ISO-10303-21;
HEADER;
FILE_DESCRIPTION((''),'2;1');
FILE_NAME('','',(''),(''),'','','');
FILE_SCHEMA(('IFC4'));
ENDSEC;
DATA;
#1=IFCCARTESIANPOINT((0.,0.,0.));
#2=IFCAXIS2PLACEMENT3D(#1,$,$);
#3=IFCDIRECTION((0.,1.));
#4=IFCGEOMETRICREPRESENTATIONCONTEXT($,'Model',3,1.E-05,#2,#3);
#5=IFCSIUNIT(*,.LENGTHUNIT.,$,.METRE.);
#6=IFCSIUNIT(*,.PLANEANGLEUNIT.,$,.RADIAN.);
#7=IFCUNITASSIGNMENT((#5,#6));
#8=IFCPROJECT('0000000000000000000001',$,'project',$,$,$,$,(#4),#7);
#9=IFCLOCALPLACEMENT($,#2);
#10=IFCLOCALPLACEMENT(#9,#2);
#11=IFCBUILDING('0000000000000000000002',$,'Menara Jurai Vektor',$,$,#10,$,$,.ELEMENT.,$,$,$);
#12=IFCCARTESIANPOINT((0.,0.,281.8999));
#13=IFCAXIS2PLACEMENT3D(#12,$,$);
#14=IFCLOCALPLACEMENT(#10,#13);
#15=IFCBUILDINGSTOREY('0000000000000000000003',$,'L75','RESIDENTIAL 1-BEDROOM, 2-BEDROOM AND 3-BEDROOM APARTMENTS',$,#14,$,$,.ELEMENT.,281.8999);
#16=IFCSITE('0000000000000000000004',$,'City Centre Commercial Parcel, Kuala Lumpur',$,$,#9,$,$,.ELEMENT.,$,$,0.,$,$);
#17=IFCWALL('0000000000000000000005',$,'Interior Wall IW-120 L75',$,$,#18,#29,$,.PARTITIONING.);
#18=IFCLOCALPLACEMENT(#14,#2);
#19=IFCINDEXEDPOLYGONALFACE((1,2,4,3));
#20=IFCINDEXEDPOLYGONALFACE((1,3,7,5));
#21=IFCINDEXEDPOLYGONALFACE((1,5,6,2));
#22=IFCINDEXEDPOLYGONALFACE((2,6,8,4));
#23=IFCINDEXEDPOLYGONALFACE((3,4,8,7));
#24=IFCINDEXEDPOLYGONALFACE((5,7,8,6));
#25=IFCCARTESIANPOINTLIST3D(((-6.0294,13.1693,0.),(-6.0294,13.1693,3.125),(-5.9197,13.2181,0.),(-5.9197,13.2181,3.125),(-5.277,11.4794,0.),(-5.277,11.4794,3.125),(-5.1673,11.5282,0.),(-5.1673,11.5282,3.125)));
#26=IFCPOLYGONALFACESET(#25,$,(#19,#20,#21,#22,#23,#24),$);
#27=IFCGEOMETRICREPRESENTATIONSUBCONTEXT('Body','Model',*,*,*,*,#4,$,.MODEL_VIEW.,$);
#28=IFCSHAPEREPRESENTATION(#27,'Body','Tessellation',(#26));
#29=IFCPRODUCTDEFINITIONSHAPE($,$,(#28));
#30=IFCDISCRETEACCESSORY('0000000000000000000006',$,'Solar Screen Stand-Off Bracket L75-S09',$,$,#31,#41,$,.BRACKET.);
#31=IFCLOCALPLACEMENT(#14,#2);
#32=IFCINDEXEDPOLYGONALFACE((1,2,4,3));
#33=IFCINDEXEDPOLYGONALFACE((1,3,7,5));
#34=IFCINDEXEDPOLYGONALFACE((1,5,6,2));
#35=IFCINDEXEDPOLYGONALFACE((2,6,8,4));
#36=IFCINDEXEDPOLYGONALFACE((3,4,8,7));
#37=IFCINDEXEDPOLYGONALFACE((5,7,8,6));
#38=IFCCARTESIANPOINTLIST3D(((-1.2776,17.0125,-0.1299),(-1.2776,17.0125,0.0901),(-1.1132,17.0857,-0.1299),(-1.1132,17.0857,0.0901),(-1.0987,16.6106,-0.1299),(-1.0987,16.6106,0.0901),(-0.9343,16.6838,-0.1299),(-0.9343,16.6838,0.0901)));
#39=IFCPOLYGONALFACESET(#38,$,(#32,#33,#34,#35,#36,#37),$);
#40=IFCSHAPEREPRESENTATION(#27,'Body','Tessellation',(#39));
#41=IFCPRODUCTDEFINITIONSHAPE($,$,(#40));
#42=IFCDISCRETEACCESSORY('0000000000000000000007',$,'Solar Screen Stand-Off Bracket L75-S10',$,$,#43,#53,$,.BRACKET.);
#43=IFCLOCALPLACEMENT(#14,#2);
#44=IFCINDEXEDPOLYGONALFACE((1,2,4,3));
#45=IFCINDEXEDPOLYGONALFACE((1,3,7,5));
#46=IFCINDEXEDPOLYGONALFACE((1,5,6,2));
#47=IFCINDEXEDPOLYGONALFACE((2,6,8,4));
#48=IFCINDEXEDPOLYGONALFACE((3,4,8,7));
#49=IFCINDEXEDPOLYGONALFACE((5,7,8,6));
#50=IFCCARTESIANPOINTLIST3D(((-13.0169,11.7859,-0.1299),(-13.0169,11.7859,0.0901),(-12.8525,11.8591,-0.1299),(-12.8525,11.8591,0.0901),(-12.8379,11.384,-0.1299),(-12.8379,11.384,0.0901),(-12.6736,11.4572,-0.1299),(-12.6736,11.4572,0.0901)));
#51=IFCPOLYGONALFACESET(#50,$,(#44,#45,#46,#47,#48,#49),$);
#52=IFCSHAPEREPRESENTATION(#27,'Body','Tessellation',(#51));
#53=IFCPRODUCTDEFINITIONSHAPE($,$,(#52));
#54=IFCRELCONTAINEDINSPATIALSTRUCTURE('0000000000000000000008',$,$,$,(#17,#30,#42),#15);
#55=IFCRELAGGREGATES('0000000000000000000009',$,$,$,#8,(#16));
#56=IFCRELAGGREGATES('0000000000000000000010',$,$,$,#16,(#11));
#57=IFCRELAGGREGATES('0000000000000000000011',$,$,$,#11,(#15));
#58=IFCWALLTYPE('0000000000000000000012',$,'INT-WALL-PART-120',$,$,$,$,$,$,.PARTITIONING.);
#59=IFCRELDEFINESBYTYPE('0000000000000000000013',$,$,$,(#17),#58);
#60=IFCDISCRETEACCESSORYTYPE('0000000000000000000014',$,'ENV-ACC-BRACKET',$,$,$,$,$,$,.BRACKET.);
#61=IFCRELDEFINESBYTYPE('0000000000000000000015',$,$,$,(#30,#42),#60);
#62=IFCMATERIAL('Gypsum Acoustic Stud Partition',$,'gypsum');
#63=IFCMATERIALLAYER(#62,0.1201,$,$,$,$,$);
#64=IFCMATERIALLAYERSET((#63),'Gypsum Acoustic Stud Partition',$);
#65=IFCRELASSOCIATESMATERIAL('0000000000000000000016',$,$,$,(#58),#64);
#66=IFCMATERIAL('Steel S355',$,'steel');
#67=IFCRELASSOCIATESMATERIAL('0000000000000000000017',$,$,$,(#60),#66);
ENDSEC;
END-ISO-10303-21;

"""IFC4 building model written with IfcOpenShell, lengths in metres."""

from ifc_helpers import new_model, si_unit, direction, frame, frame_2d, origin, origin_2d, place, context, subcontext, project, spatial, rectangle, extrude, material, layer, layer_set, type_object, element, save


model = new_model("IFC4")

# Units and contexts
model_context = context("Model", 3, precision=1e-05, world=origin(), true_north=direction((0.0, 1.0)))
body_context = subcontext(model_context, "Body", "Model", "MODEL_VIEW")
ifc_project = project(units=[si_unit("LENGTHUNIT", "METRE"), si_unit("PLANEANGLEUNIT", "RADIAN")], contexts=[model_context])

# Site, building, storey
site_placement = place(None, origin())
site = spatial("IfcSite", under=ifc_project, at=site_placement, Name="City Centre Commercial Parcel, Kuala Lumpur", CompositionType="ELEMENT", RefElevation=0.0)
building_placement = place(site_placement, origin())
building = spatial("IfcBuilding", under=site, at=building_placement, Name="Menara Jurai Vektor", CompositionType="ELEMENT")
storey_placement = place(building_placement, frame((0.0, 0.0, 281.8999)))
storey = spatial("IfcBuildingStorey", under=building, at=storey_placement, Name="L75", Description="RESIDENTIAL 1-BEDROOM, 2-BEDROOM AND 3-BEDROOM APARTMENTS", CompositionType="ELEMENT", Elevation=281.8999)

# Shared definitions
ifc_material_1 = material(Name="Steel S355", Category="steel")

# Wall
ifc_material_2 = material(Name="Gypsum Acoustic Stud Partition", Category="gypsum")
ifc_layer_1 = layer(ifc_material_2, 0.1201)
ifc_layer_set_1 = layer_set([ifc_layer_1], Name="Gypsum Acoustic Stud Partition")
wall_type_1 = type_object("IfcWallType", Name="INT-WALL-PART-120", PredefinedType="PARTITIONING", material=ifc_layer_set_1)
wall_1_placement = place(storey_placement, frame((-5.2222, 11.5039, 0.0), z_axis=(0.0, 0.0, 1.0), x_axis=(-0.406751, 0.913539, 0.0)))
element("IfcWall", 1, at=wall_1_placement, inside=storey, type_object=wall_type_1, Name="Interior Wall IW-120 L75", PredefinedType="PARTITIONING", context=body_context, shape_type="SweptSolid", body=[
    extrude(rectangle(XDim=1.8499, YDim=0.1201, at=frame_2d((0.9248, 0.0))), origin(), (0.0, 0.0, 1.0), 3.125),
])

# Discrete accessories
discrete_accessory_type = type_object("IfcDiscreteAccessoryType", Name="ENV-ACC-BRACKET", PredefinedType="BRACKET", material=ifc_material_1)
for number, where, z_axis, x_axis, name in (
    (2, (-1.106, 16.8481, -0.1299), (0.0, 0.0, 1.0), (-0.913545, -0.406737, 0.0), "Solar Screen Stand-Off Bracket L75-S09"),
    (3, (-12.8452, 11.6216, -0.1299), (0.0, 0.0, 1.0), (-0.913545, -0.406737, 0.0), "Solar Screen Stand-Off Bracket L75-S10"),
):
    element("IfcDiscreteAccessory", number, at=place(storey_placement, frame(where, z_axis=z_axis, x_axis=x_axis)), inside=storey, type_object=discrete_accessory_type, Name=name, PredefinedType="BRACKET", context=body_context, shape_type="SweptSolid", body=[
        extrude(rectangle(XDim=0.1799, YDim=0.4399, at=origin_2d()), origin(), (0.0, 0.0, 1.0), 0.22),
    ])

save(model, "model.ifc")
